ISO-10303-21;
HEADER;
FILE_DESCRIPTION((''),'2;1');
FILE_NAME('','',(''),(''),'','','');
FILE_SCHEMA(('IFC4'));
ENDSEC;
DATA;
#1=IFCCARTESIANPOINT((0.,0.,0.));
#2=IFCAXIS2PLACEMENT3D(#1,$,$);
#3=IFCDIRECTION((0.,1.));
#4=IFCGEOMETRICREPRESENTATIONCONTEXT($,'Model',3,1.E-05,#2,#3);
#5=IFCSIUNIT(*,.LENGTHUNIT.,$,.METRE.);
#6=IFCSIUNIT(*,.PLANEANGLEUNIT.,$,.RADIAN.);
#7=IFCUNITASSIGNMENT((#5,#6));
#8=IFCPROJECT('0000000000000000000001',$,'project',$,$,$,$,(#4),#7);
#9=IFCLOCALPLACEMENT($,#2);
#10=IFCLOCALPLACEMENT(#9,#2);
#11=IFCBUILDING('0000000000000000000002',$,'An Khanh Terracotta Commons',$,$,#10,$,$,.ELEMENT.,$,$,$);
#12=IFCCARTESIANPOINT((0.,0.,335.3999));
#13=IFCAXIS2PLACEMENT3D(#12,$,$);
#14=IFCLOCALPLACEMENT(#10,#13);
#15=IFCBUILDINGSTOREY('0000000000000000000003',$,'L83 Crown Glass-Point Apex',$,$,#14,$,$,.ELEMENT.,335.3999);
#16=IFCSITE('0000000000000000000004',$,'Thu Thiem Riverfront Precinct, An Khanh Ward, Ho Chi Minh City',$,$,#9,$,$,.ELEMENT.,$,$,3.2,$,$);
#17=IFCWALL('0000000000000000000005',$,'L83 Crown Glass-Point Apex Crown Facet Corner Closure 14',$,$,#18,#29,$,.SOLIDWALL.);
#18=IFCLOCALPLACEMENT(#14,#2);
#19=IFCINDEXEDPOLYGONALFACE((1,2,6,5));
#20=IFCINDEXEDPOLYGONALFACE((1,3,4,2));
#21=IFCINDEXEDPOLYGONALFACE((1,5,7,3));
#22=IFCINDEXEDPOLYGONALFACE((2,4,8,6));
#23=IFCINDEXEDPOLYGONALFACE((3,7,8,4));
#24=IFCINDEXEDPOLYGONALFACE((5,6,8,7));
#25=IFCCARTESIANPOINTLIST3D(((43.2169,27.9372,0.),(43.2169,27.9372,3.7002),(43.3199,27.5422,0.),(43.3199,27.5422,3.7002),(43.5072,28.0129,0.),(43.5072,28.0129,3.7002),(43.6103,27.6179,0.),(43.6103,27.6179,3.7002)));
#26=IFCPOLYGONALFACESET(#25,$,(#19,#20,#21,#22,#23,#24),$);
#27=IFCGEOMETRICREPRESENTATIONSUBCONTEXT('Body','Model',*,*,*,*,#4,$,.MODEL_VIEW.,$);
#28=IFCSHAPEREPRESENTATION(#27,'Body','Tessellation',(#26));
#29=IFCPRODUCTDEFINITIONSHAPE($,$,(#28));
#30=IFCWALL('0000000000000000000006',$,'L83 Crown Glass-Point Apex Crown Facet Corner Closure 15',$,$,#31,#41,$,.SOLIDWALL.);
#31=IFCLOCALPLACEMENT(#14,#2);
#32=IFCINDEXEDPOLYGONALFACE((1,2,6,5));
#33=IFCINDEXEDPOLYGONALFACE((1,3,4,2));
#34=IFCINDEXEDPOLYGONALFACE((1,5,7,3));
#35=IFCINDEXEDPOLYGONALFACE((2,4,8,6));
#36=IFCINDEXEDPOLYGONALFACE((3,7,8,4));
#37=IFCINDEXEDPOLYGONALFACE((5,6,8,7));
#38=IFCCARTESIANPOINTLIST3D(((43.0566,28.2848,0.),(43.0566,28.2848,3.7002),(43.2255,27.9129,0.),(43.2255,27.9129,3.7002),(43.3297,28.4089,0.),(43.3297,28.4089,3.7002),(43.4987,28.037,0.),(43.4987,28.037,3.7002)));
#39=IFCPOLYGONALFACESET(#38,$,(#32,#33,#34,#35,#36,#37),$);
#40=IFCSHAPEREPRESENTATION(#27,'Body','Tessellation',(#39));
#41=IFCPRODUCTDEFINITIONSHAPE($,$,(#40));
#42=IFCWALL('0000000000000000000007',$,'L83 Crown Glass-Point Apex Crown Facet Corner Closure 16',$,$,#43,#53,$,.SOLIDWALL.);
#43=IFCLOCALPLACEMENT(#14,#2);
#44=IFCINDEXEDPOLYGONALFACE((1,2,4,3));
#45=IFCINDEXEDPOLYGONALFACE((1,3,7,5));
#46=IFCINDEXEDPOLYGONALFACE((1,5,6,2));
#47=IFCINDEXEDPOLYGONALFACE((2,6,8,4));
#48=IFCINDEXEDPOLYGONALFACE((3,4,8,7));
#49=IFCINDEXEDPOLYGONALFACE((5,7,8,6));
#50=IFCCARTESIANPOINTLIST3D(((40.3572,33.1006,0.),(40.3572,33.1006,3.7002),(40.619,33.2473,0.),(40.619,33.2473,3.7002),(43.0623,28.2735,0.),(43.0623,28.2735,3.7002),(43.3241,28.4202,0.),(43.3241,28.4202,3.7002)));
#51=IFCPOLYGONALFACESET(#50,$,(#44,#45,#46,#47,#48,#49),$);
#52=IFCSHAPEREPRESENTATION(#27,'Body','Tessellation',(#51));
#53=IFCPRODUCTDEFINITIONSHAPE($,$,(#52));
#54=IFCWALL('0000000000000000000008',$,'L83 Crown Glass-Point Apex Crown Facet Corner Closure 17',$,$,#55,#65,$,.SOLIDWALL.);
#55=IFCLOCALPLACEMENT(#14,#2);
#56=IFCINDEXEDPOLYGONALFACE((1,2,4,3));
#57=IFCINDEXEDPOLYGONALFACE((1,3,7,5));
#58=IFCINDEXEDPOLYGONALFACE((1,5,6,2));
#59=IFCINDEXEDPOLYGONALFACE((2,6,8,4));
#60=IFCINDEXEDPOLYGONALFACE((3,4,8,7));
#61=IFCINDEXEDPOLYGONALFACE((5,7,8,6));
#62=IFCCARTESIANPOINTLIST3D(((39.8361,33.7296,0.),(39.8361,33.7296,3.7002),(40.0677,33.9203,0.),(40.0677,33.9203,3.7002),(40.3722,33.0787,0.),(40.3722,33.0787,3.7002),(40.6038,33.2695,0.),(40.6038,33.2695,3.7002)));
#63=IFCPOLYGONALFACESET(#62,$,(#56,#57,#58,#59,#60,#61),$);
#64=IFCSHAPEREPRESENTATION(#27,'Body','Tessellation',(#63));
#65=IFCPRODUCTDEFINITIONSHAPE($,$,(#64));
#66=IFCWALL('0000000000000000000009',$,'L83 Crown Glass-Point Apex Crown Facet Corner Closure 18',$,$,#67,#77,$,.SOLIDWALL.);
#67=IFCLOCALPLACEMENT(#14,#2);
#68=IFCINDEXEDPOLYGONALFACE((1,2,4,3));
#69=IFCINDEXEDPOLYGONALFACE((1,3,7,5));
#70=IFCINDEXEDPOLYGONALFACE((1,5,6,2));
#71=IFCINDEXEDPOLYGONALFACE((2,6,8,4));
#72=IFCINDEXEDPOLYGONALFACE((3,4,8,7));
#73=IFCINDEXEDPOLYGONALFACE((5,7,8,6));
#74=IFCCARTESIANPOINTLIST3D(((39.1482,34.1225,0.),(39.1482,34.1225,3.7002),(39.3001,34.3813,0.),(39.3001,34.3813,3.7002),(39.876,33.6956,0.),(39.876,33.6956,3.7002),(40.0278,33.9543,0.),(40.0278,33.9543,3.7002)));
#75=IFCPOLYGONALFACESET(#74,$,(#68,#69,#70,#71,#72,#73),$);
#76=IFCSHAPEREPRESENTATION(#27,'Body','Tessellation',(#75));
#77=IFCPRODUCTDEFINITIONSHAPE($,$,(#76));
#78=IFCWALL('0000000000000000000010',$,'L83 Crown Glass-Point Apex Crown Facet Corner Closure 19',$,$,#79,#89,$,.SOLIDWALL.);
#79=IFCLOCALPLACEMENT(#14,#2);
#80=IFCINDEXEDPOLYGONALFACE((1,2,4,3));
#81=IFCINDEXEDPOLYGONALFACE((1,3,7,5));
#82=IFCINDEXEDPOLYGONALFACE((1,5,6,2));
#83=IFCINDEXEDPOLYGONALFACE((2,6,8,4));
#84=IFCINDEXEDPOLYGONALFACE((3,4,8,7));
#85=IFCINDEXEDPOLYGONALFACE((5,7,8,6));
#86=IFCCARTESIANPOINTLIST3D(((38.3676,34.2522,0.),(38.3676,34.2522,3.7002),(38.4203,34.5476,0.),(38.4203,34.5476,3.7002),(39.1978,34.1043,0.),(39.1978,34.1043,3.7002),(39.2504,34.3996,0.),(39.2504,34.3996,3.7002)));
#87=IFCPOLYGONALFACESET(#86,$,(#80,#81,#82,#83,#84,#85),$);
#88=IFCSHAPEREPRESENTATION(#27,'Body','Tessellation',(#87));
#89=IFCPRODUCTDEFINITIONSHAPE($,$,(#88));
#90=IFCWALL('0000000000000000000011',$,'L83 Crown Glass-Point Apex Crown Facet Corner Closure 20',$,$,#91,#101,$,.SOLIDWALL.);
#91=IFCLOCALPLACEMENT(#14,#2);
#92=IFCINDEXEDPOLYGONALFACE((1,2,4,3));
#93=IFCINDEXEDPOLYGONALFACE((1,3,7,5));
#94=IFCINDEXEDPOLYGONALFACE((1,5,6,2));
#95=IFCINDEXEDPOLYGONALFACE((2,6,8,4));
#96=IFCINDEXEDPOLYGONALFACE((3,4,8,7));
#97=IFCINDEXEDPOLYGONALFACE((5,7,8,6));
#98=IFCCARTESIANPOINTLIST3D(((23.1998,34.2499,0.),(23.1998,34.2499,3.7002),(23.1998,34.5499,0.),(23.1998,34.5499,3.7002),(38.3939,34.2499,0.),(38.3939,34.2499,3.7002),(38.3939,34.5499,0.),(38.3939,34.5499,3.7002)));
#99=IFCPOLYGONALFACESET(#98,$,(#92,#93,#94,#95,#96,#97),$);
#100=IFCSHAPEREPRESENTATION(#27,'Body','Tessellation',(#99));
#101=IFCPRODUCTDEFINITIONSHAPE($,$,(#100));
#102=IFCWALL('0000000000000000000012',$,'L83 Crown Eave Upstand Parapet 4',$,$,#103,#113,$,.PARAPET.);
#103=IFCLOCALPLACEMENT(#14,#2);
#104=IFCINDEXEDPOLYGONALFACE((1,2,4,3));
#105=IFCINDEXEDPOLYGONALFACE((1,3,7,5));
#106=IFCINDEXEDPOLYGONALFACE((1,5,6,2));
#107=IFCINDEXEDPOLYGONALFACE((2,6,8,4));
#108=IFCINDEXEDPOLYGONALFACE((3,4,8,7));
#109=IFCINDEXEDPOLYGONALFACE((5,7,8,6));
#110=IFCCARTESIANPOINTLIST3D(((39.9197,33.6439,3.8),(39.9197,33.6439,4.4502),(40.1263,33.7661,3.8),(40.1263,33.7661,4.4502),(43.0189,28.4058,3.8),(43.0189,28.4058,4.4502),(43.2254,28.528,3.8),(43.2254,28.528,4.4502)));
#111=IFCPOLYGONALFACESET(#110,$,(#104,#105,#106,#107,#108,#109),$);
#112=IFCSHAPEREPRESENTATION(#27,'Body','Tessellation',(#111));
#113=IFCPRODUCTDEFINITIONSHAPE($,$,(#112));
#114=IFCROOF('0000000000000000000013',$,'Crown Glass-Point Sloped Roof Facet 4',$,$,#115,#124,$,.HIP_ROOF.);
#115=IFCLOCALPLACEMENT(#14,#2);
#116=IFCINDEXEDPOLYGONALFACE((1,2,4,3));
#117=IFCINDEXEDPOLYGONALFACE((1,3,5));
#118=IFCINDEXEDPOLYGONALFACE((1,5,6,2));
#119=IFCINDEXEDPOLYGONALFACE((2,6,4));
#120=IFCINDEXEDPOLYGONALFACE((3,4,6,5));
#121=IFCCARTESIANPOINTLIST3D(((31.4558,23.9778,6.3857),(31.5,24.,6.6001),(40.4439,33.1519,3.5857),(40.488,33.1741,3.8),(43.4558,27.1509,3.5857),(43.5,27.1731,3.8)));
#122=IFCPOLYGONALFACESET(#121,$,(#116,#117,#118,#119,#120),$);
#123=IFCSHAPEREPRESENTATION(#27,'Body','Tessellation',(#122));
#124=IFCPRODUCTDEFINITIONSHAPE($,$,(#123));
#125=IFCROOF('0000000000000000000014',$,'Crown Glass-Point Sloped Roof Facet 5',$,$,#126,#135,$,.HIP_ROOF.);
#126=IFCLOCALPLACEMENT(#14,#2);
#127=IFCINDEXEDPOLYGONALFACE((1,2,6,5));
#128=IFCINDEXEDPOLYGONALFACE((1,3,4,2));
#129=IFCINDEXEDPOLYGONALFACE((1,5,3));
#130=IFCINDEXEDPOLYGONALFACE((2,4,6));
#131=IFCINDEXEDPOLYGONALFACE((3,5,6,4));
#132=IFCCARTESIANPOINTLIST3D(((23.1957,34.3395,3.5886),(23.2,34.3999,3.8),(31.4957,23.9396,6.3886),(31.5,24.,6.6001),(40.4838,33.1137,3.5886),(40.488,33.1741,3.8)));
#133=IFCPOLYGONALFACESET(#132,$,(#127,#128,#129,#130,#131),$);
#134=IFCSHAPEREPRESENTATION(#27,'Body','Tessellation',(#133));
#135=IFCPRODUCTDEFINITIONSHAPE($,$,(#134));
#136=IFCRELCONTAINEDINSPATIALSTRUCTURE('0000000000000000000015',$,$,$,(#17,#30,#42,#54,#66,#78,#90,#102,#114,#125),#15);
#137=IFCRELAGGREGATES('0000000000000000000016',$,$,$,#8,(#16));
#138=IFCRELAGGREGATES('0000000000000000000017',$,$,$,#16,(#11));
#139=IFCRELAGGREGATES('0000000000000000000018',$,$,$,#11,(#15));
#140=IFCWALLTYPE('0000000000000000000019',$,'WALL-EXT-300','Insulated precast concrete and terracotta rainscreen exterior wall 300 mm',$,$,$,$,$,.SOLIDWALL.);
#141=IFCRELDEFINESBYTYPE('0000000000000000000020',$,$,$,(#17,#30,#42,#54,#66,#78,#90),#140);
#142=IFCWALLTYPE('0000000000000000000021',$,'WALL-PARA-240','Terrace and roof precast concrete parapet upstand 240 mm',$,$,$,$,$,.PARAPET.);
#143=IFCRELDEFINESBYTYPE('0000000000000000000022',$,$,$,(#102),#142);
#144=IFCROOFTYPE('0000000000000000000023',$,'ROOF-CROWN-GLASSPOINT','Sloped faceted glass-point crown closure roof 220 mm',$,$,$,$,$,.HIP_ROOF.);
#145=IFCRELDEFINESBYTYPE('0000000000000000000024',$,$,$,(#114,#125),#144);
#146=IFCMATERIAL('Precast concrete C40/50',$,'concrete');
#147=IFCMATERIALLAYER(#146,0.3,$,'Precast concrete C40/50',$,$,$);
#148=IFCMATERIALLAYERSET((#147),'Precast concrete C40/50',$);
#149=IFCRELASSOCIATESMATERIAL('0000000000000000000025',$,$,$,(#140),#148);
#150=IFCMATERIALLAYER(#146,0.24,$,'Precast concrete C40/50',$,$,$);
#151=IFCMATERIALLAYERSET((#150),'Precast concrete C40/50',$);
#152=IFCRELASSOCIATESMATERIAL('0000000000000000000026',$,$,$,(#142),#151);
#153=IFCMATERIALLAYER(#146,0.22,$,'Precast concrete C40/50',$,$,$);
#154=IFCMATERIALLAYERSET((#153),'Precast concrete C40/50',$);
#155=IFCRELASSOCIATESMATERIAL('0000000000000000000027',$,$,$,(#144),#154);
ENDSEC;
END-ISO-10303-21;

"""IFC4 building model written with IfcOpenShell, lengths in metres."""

from ifc_helpers import new_model, si_unit, direction, frame, frame_2d, origin, place, context, subcontext, project, spatial, polyline, rectangle, outline, extrude, material, layer, layer_set, type_object, element, save


model = new_model("IFC4")

# Units and contexts
model_context = context("Model", 3, precision=1e-05, world=origin(), true_north=direction((0.0, 1.0)))
body_context = subcontext(model_context, "Body", "Model", "MODEL_VIEW")
ifc_project = project(units=[si_unit("LENGTHUNIT", "METRE"), si_unit("PLANEANGLEUNIT", "RADIAN")], contexts=[model_context])

# Site, building, storey
site_placement = place(None, origin())
site = spatial("IfcSite", under=ifc_project, at=site_placement, Name="Thu Thiem Riverfront Precinct, An Khanh Ward, Ho Chi Minh City", CompositionType="ELEMENT", RefElevation=3.2)
building_placement = place(site_placement, origin())
building = spatial("IfcBuilding", under=site, at=building_placement, Name="An Khanh Terracotta Commons", CompositionType="ELEMENT")
storey_placement = place(building_placement, frame((0.0, 0.0, 335.3999)))
storey = spatial("IfcBuildingStorey", under=building, at=storey_placement, Name="L83 Crown Glass-Point Apex", CompositionType="ELEMENT", Elevation=335.3999)

# Walls
ifc_material_1 = material(Name="Precast concrete C40/50", Category="concrete")
ifc_layer_1 = layer(ifc_material_1, 0.3, Name="Precast concrete C40/50")
ifc_layer_set_1 = layer_set([ifc_layer_1], Name="Precast concrete C40/50")
wall_type_1 = type_object("IfcWallType", Name="WALL-EXT-300", Description="Insulated precast concrete and terracotta rainscreen exterior wall 300 mm", PredefinedType="SOLIDWALL", material=ifc_layer_set_1)
wall_1_placement = place(storey_placement, frame((43.4651, 27.5801, 0.0), z_axis=(0.0, 0.0, 1.0), x_axis=(-0.252373, 0.96763, 0.0)))
element("IfcWall", 1, at=wall_1_placement, inside=storey, type_object=wall_type_1, Name="L83 Crown Glass-Point Apex Crown Facet Corner Closure 14", PredefinedType="SOLIDWALL", context=body_context, shape_type="SweptSolid", body=[
    extrude(rectangle(XDim=0.4082, YDim=0.3, at=frame_2d((0.2041, 0.0))), origin(), (0.0, 0.0, 1.0), 3.7002),
])
wall_2_placement = place(storey_placement, frame((43.3621, 27.9751, 0.0), z_axis=(0.0, 0.0, 1.0), x_axis=(-0.413668, 0.910428, 0.0)))
element("IfcWall", 2, at=wall_2_placement, inside=storey, type_object=wall_type_1, Name="L83 Crown Glass-Point Apex Crown Facet Corner Closure 15", PredefinedType="SOLIDWALL", context=body_context, shape_type="SweptSolid", body=[
    extrude(rectangle(XDim=0.4084, YDim=0.3, at=frame_2d((0.2041, 0.0))), origin(), (0.0, 0.0, 1.0), 3.7002),
])
wall_3_placement = place(storey_placement, frame((43.1931, 28.3469, 0.0), z_axis=(0.0, 0.0, 1.0), x_axis=(-0.488861, 0.872362, 0.0)))
element("IfcWall", 3, at=wall_3_placement, inside=storey, type_object=wall_type_1, Name="L83 Crown Glass-Point Apex Crown Facet Corner Closure 16", PredefinedType="SOLIDWALL", context=body_context, shape_type="SweptSolid", body=[
    extrude(rectangle(XDim=5.5334, YDim=0.3, at=frame_2d((2.7666, 0.0))), origin(), (0.0, 0.0, 1.0), 3.7002),
])
wall_4_placement = place(storey_placement, frame((40.488, 33.1741, 0.0), z_axis=(0.0, 0.0, 1.0), x_axis=(-0.635788, 0.771863, 0.0)))
element("IfcWall", 4, at=wall_4_placement, inside=storey, type_object=wall_type_1, Name="L83 Crown Glass-Point Apex Crown Facet Corner Closure 17", PredefinedType="SOLIDWALL", context=body_context, shape_type="SweptSolid", body=[
    extrude(rectangle(XDim=0.8433, YDim=0.3, at=frame_2d((0.4216, 0.0))), origin(), (0.0, 0.0, 1.0), 3.7002),
])
wall_5_placement = place(storey_placement, frame((39.9519, 33.825, 0.0), z_axis=(0.0, 0.0, 1.0), x_axis=(-0.862506, 0.506046, 0.0)))
element("IfcWall", 5, at=wall_5_placement, inside=storey, type_object=wall_type_1, Name="L83 Crown Glass-Point Apex Crown Facet Corner Closure 18", PredefinedType="SOLIDWALL", context=body_context, shape_type="SweptSolid", body=[
    extrude(rectangle(XDim=0.8438, YDim=0.3, at=frame_2d((0.4219, 0.0))), origin(), (0.0, 0.0, 1.0), 3.7002),
])
wall_6_placement = place(storey_placement, frame((39.2241, 34.252, 0.0), z_axis=(0.0, 0.0, 1.0), x_axis=(-0.984485, 0.17547, 0.0)))
element("IfcWall", 6, at=wall_6_placement, inside=storey, type_object=wall_type_1, Name="L83 Crown Glass-Point Apex Crown Facet Corner Closure 19", PredefinedType="SOLIDWALL", context=body_context, shape_type="SweptSolid", body=[
    extrude(rectangle(XDim=0.8433, YDim=0.3, at=frame_2d((0.4216, 0.0))), origin(), (0.0, 0.0, 1.0), 3.7002),
])
wall_7_placement = place(storey_placement, frame((38.394, 34.3999, 0.0), z_axis=(0.0, 0.0, 1.0), x_axis=(-1.0, 0.0, 0.0)))
element("IfcWall", 7, at=wall_7_placement, inside=storey, type_object=wall_type_1, Name="L83 Crown Glass-Point Apex Crown Facet Corner Closure 20", PredefinedType="SOLIDWALL", context=body_context, shape_type="SweptSolid", body=[
    extrude(rectangle(XDim=15.1941, YDim=0.3, at=frame_2d((7.5972, 0.0))), origin(), (0.0, 0.0, 1.0), 3.7002),
])
ifc_layer_2 = layer(ifc_material_1, 0.24, Name="Precast concrete C40/50")
ifc_layer_set_2 = layer_set([ifc_layer_2], Name="Precast concrete C40/50")
wall_type_2 = type_object("IfcWallType", Name="WALL-PARA-240", Description="Terrace and roof precast concrete parapet upstand 240 mm", PredefinedType="PARAPET", material=ifc_layer_set_2)
wall_8_placement = place(storey_placement, frame((43.1221, 28.467, 3.8), z_axis=(0.0, 0.0, 1.0), x_axis=(-0.509206, 0.860644, 0.0)))
element("IfcWall", 8, at=wall_8_placement, inside=storey, type_object=wall_type_2, Name="L83 Crown Eave Upstand Parapet 4", PredefinedType="PARAPET", context=body_context, shape_type="SweptSolid", body=[
    extrude(rectangle(XDim=6.0862, YDim=0.24, at=frame_2d((3.043, 0.0))), origin(), (0.0, 0.0, 1.0), 0.6501),
])

# Roofs
ifc_layer_3 = layer(ifc_material_1, 0.22, Name="Precast concrete C40/50")
ifc_layer_set_3 = layer_set([ifc_layer_3], Name="Precast concrete C40/50")
roof_type = type_object("IfcRoofType", Name="ROOF-CROWN-GLASSPOINT", Description="Sloped faceted glass-point crown closure roof 220 mm", PredefinedType="HIP_ROOF", material=ifc_layer_set_3)
roof_1_placement = place(storey_placement, frame((43.5, 27.1731, 3.8), z_axis=(0.200735, 0.100751, 0.974451), x_axis=(-0.44858, 0.893743, 0.0)))
element("IfcRoof", 9, at=roof_1_placement, inside=storey, type_object=roof_type, Name="Crown Glass-Point Sloped Roof Facet 4", PredefinedType="HIP_ROOF", context=body_context, shape_type="SweptSolid", body=[
    extrude(outline(polyline([(0.0, 0.0), (6.7144, 0.0), (2.547, 12.4668), (0.0, 0.0)])), origin(), (0.0, 0.0, -1.0), 0.22),
])
roof_2_placement = place(storey_placement, frame((40.488, 33.1741, 3.8), z_axis=(0.019455, 0.274379, 0.961425), x_axis=(-0.997496, 0.070728, 0.0)))
element("IfcRoof", 10, at=roof_2_placement, inside=storey, type_object=roof_type, Name="Crown Glass-Point Sloped Roof Facet 5", PredefinedType="HIP_ROOF", context=body_context, shape_type="SweptSolid", body=[
    extrude(outline(polyline([(0.0, 0.0), (17.3315, 0.0), (8.3167, 10.1795), (0.0, 0.0)])), origin(), (0.0, 0.0, -1.0), 0.22),
])

save(model, "model.ifc")
